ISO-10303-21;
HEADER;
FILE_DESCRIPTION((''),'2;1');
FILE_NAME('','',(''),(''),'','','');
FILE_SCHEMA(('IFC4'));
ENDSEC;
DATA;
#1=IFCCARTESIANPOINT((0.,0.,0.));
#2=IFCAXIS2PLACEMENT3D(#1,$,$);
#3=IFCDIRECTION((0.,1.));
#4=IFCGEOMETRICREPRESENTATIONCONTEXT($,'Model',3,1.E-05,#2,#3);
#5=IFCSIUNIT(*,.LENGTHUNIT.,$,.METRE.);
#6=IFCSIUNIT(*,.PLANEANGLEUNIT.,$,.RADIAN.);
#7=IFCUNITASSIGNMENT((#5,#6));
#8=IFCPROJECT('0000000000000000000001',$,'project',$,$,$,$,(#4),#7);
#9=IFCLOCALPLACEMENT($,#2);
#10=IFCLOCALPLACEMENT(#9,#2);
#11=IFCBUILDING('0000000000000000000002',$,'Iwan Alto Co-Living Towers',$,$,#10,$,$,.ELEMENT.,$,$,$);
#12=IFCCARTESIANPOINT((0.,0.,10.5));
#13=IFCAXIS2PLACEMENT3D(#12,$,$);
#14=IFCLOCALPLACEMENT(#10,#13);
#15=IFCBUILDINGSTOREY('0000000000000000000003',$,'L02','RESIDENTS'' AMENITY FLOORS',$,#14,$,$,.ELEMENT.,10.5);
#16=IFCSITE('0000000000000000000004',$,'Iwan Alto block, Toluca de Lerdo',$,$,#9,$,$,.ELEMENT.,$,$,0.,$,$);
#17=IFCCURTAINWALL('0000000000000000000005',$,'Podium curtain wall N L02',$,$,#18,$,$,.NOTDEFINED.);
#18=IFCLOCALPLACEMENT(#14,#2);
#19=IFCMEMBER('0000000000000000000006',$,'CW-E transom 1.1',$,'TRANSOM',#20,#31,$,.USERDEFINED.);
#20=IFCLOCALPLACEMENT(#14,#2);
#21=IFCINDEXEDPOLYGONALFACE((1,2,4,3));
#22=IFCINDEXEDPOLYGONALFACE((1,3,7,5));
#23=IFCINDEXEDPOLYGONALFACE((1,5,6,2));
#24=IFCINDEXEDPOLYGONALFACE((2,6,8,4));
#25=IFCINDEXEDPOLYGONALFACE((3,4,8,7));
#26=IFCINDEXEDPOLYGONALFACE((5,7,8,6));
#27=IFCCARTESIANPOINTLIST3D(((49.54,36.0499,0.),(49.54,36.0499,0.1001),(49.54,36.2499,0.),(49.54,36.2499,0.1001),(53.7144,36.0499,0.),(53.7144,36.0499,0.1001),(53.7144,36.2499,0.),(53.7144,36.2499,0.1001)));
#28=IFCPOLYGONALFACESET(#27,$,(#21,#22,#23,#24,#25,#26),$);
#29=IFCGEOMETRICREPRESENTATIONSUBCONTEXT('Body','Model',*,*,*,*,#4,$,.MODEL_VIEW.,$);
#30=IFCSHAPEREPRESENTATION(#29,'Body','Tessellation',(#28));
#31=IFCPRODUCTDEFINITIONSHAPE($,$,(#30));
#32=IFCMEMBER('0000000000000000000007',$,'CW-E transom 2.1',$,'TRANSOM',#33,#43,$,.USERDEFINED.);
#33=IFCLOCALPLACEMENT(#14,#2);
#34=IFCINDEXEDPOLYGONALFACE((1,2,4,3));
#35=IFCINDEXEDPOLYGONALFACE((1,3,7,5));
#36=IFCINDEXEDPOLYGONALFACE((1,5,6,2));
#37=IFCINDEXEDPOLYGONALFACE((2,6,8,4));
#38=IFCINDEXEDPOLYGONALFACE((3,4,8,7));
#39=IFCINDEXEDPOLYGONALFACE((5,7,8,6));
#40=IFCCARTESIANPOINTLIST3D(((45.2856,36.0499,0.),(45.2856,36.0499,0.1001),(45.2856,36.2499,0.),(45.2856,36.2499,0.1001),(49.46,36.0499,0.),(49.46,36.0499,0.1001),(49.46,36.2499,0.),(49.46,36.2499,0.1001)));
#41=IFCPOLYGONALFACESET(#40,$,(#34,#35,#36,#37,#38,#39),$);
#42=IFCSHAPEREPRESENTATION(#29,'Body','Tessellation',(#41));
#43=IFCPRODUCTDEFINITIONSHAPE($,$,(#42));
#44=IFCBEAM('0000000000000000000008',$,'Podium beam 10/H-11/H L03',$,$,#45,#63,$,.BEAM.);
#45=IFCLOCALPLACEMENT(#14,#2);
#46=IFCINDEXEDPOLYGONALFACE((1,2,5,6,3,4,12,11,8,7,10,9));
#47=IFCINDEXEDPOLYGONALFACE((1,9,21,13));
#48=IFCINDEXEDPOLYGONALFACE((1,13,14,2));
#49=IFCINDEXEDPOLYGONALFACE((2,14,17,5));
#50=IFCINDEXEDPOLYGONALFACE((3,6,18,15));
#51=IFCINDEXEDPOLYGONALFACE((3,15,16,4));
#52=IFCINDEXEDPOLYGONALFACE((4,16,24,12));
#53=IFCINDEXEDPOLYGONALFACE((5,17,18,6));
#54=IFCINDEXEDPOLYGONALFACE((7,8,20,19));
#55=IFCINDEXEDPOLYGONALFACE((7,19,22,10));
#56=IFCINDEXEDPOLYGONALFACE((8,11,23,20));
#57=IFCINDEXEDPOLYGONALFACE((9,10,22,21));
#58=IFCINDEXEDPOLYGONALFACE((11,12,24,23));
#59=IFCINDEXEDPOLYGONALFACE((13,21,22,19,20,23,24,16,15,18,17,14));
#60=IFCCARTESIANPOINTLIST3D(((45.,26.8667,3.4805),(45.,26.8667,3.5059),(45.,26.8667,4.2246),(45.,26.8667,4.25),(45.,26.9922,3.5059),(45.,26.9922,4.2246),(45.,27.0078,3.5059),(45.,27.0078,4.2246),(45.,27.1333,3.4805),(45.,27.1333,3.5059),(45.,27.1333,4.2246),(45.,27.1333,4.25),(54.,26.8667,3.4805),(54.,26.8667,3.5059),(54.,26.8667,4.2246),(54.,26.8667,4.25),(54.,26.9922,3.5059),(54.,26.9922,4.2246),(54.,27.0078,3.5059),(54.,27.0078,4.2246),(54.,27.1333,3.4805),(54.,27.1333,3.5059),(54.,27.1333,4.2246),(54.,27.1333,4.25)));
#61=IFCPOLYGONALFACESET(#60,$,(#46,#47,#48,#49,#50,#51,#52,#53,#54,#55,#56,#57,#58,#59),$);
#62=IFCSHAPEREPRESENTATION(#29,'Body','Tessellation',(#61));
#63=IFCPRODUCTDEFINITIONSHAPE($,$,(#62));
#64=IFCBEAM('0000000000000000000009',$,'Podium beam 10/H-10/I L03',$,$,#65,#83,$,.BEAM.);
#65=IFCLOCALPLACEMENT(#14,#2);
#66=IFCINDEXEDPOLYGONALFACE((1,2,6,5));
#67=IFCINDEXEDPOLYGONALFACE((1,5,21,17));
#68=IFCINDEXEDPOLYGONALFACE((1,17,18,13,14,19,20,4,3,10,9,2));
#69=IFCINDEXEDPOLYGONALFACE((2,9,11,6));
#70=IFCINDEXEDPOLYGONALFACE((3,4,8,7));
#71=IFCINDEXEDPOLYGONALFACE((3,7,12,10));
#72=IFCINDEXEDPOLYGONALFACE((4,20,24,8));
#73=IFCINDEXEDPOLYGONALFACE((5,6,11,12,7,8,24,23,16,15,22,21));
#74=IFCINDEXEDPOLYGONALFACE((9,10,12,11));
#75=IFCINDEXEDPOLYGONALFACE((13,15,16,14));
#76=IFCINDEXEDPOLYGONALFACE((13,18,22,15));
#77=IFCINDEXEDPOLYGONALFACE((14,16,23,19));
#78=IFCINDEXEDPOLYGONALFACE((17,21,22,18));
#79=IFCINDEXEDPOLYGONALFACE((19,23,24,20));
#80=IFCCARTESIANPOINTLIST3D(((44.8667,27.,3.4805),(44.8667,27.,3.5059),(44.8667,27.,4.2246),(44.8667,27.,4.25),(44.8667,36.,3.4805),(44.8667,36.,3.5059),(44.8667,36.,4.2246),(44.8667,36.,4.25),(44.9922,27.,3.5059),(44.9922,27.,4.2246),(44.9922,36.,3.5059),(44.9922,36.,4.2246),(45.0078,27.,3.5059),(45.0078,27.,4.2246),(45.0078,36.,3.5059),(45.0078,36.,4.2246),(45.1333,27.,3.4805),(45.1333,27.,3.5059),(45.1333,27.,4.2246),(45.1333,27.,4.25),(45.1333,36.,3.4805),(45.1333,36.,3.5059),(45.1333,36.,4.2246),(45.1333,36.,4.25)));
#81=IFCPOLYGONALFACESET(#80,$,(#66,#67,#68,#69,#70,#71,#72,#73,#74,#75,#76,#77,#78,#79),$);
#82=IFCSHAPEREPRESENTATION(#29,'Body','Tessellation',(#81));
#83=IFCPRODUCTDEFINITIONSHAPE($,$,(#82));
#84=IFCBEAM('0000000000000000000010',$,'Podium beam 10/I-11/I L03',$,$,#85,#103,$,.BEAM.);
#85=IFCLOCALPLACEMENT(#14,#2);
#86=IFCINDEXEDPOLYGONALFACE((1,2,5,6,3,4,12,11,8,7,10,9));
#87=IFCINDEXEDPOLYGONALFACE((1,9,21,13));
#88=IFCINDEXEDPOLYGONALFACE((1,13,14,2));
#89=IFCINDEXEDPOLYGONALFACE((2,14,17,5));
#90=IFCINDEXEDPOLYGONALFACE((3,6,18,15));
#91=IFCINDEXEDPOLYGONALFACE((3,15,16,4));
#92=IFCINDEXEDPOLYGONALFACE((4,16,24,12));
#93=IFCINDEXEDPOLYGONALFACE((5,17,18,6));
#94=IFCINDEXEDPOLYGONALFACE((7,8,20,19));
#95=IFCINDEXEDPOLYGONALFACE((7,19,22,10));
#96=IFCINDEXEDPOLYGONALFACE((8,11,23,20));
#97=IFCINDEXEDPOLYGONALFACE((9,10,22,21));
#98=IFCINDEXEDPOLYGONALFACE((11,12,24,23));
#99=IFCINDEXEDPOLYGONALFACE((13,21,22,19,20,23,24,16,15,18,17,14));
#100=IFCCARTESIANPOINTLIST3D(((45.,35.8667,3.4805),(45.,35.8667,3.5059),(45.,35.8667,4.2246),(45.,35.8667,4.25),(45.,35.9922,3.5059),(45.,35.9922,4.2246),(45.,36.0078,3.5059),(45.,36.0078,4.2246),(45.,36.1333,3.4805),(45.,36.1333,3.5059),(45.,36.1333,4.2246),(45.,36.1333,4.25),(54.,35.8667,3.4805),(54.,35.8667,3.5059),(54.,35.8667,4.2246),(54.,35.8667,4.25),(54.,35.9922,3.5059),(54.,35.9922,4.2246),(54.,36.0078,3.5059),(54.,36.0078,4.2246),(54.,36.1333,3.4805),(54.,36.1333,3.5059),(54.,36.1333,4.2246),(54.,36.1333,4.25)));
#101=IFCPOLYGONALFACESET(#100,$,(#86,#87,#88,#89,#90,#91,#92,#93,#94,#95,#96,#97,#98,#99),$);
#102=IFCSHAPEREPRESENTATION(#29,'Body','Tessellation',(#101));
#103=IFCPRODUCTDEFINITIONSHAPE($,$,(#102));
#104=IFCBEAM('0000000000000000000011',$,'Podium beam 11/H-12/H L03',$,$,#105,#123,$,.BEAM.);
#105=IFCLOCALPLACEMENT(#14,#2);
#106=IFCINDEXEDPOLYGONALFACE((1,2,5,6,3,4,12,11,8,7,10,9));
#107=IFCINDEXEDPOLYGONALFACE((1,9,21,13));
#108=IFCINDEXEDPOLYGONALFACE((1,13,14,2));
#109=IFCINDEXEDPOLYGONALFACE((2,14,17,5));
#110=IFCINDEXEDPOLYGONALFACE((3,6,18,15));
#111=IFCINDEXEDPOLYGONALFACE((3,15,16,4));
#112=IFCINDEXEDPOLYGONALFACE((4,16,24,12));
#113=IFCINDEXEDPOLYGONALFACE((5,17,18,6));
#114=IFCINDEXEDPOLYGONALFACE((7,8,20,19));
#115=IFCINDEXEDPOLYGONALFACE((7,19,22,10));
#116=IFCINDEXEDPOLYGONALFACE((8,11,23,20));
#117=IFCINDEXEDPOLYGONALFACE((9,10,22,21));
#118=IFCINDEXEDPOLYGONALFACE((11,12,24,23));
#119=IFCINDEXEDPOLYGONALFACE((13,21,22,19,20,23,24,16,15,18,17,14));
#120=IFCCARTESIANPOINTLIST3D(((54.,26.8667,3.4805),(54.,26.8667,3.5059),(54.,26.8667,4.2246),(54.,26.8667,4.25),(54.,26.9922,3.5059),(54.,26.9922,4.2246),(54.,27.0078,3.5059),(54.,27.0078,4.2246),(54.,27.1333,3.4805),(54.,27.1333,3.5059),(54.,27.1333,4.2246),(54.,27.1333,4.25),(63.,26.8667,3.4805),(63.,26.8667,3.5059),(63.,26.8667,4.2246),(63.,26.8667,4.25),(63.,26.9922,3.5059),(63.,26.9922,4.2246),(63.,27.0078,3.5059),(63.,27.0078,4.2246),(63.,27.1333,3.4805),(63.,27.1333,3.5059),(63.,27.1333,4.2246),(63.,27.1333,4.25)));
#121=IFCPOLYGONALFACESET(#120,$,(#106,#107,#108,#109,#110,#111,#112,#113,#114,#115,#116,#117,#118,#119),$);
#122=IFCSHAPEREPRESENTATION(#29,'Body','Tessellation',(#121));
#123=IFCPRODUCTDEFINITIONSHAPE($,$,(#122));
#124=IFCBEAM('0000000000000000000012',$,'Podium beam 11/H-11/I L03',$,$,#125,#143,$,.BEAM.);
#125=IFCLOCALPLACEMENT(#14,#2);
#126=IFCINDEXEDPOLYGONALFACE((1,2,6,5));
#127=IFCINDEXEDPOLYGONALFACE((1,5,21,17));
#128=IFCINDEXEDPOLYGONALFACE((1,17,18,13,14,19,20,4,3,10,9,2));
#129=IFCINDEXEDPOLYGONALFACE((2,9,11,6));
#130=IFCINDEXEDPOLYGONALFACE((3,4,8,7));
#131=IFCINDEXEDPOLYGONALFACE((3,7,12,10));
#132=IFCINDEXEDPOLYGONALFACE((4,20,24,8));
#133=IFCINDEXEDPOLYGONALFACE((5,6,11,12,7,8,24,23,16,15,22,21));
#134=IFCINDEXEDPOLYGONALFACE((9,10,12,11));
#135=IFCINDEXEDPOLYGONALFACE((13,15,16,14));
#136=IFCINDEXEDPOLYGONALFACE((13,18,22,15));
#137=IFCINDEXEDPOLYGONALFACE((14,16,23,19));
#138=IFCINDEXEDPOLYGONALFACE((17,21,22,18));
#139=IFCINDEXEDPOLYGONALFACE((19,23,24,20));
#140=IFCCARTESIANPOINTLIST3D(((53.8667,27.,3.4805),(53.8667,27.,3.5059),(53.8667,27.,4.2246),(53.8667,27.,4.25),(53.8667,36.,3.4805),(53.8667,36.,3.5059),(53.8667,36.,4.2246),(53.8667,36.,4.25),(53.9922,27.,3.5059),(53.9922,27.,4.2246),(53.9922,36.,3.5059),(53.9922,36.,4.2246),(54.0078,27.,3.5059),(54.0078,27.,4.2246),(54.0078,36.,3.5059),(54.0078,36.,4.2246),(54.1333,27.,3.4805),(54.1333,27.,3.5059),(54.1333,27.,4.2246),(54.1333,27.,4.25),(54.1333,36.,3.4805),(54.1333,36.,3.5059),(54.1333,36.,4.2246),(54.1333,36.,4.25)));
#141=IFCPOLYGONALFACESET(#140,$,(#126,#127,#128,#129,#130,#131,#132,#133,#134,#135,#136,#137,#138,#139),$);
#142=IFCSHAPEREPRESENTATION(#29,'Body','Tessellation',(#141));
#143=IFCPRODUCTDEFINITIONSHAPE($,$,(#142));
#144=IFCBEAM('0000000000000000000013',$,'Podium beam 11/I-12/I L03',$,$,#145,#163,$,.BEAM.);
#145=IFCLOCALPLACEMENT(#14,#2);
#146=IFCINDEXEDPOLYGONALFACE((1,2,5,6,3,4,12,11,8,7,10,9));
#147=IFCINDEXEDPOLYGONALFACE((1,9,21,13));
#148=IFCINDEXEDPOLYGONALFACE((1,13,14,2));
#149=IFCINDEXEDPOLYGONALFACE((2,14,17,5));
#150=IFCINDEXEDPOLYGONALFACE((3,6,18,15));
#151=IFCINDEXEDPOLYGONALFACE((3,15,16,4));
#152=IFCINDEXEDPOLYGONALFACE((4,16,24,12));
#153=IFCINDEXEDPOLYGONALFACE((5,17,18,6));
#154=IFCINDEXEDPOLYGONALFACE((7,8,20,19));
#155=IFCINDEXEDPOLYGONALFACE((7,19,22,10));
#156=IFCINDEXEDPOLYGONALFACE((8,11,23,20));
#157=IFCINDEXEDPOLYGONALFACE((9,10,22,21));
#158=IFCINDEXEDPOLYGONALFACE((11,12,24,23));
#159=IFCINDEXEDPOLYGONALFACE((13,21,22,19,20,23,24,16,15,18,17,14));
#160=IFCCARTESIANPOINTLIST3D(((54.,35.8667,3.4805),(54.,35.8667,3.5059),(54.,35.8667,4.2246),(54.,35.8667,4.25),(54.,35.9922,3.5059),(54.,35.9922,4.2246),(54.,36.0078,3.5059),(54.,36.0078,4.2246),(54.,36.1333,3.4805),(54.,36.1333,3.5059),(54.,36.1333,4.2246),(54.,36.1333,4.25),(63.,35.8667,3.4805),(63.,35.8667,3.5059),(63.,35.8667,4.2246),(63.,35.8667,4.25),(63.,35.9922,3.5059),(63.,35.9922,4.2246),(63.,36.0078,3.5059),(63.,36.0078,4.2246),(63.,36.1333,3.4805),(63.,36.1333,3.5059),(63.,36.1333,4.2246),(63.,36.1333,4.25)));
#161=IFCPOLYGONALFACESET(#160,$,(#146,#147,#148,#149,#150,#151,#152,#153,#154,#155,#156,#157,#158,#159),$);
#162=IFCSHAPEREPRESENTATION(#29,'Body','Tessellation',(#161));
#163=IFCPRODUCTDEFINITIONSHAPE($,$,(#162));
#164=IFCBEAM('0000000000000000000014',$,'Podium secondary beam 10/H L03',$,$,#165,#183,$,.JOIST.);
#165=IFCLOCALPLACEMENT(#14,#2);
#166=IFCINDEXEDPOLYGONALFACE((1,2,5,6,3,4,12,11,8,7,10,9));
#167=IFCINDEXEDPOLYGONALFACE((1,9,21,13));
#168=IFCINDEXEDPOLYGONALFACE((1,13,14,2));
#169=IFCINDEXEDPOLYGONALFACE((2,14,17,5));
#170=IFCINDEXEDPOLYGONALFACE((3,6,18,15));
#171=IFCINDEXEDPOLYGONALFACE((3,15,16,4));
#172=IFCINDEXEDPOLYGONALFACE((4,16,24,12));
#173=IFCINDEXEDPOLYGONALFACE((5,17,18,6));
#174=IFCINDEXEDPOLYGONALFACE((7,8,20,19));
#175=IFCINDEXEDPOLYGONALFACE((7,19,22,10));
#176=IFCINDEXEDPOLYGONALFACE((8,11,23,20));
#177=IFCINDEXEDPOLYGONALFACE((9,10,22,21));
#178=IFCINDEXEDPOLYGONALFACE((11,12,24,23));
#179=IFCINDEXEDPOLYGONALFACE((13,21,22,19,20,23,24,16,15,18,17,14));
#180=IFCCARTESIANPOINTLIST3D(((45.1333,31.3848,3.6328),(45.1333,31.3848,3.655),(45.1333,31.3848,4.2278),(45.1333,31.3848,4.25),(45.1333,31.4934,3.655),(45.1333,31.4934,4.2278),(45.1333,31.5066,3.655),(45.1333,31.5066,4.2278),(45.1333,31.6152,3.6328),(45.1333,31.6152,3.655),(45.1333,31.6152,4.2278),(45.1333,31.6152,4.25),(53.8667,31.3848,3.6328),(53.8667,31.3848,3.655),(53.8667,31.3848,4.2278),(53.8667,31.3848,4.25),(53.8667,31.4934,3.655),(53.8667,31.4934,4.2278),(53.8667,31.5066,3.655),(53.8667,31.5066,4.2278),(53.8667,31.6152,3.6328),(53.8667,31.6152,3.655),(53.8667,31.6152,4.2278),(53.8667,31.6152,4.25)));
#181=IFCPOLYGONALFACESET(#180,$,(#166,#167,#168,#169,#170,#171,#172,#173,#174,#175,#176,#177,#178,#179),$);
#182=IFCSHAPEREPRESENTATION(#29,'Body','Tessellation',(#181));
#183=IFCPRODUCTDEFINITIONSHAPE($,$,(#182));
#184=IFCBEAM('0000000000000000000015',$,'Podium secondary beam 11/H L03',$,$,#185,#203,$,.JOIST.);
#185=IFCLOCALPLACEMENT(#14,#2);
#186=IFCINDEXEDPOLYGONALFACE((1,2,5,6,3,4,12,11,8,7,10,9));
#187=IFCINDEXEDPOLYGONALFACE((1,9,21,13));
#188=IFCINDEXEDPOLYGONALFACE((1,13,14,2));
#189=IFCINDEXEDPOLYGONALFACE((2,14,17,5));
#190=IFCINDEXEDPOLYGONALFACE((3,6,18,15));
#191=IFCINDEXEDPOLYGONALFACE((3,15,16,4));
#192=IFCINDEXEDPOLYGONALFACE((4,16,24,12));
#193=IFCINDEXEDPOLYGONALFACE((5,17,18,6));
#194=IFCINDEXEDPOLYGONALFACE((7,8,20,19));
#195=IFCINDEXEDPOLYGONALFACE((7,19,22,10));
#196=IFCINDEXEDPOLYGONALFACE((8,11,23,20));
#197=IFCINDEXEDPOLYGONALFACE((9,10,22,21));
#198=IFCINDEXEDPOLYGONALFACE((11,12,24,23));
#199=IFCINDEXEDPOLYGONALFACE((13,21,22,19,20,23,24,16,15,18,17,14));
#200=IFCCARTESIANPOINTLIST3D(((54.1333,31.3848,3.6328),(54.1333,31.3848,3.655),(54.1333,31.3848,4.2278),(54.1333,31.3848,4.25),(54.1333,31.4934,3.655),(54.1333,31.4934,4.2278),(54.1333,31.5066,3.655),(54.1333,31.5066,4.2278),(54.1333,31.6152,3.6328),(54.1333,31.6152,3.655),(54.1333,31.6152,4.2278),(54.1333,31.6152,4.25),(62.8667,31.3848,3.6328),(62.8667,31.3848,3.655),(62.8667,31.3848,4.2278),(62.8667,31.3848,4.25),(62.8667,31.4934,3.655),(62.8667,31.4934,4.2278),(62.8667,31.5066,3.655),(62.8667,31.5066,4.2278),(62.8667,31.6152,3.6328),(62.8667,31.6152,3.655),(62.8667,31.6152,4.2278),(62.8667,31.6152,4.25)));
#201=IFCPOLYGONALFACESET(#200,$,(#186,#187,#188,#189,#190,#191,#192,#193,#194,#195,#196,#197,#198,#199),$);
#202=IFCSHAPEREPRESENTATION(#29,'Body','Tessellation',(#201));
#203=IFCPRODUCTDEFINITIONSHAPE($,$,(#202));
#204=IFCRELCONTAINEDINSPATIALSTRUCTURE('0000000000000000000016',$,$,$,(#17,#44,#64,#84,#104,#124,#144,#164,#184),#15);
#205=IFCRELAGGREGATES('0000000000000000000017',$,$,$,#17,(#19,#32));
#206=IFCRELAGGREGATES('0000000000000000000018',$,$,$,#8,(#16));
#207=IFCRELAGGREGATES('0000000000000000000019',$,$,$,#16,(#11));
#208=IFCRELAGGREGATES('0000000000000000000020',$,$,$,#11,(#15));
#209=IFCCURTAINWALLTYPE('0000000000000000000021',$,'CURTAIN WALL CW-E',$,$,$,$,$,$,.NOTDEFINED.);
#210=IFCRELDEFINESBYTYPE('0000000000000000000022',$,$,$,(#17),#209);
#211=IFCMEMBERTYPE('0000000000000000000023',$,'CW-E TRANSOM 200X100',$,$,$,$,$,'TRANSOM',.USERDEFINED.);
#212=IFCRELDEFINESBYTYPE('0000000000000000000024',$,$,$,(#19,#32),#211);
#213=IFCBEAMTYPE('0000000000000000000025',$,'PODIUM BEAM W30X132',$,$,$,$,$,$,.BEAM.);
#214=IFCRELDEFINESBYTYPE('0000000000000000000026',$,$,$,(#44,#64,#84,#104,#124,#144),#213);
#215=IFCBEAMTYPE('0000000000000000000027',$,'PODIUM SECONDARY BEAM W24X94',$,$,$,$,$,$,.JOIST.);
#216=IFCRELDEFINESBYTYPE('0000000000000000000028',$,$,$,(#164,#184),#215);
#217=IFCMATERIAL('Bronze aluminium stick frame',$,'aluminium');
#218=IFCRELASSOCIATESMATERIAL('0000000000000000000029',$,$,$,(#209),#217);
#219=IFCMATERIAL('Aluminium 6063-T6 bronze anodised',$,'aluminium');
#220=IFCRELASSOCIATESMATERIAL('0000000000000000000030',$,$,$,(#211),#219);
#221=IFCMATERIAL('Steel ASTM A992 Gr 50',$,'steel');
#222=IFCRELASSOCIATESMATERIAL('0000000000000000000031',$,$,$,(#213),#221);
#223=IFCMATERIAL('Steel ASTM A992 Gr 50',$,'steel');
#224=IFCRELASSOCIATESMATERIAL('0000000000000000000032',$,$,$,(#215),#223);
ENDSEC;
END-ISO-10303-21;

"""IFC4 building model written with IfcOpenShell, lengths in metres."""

from ifc_helpers import new_model, si_unit, direction, frame, origin, origin_2d, place, context, subcontext, project, spatial, rectangle, i_section, extrude, material, material_profile, profile_set, type_object, element, aggregate, save


model = new_model("IFC4")

# Units and contexts
model_context = context("Model", 3, precision=1e-05, world=origin(), true_north=direction((0.0, 1.0)))
body_context = subcontext(model_context, "Body", "Model", "MODEL_VIEW")
ifc_project = project(units=[si_unit("LENGTHUNIT", "METRE"), si_unit("PLANEANGLEUNIT", "RADIAN")], contexts=[model_context])

# Site, building, storey
site_placement = place(None, origin())
site = spatial("IfcSite", under=ifc_project, at=site_placement, Name="Iwan Alto block, Toluca de Lerdo", CompositionType="ELEMENT", RefElevation=0.0)
building_placement = place(site_placement, origin())
building = spatial("IfcBuilding", under=site, at=building_placement, Name="Iwan Alto Co-Living Towers", CompositionType="ELEMENT")
storey_placement = place(building_placement, frame((0.0, 0.0, 10.5)))
storey = spatial("IfcBuildingStorey", under=building, at=storey_placement, Name="L02", Description="RESIDENTS' AMENITY FLOORS", CompositionType="ELEMENT", Elevation=10.5)

# Curtain wall
ifc_material_1 = material(Name="Bronze aluminium stick frame", Category="aluminium")
curtain_wall_type = type_object("IfcCurtainWallType", Name="CURTAIN WALL CW-E", PredefinedType="NOTDEFINED", material=ifc_material_1)
curtain_wall_1_placement = place(storey_placement, origin())
curtain_wall_1 = element("IfcCurtainWall", 1, at=curtain_wall_1_placement, inside=storey, type_object=curtain_wall_type, Name="Podium curtain wall N L02", PredefinedType="NOTDEFINED")

# Members
ifc_material_2 = material(Name="Aluminium 6063-T6 bronze anodised", Category="aluminium")
ifc_material_profile_1 = material_profile(ifc_material_2, rectangle(XDim=0.2, YDim=0.1001, at=origin_2d()), Name="AL 200X100")
ifc_profile_set_1 = profile_set([ifc_material_profile_1], Name="Aluminium 6063-T6 bronze anodised")
member_type_1 = type_object("IfcMemberType", Name="CW-E TRANSOM 200X100", ElementType="TRANSOM", PredefinedType="USERDEFINED", material=ifc_profile_set_1)
member_1_placement = place(storey_placement, frame((53.7144, 36.1499, 0.05), z_axis=(-1.0, 0.0, 0.0), x_axis=(0.0, -1.0, 0.0)))
member_1 = element("IfcMember", 2, at=member_1_placement, type_object=member_type_1, Name="CW-E transom 1.1", ObjectType="TRANSOM", PredefinedType="USERDEFINED", context=body_context, shape_type="SweptSolid", body=[
    extrude(rectangle(XDim=0.2, YDim=0.1001, at=origin_2d()), origin(), (0.0, 0.0, 1.0), 4.1743),
])
member_2_placement = place(storey_placement, frame((49.46, 36.1499, 0.05), z_axis=(-1.0, 0.0, 0.0), x_axis=(0.0, -1.0, 0.0)))
member_2 = element("IfcMember", 3, at=member_2_placement, type_object=member_type_1, Name="CW-E transom 2.1", ObjectType="TRANSOM", PredefinedType="USERDEFINED", context=body_context, shape_type="SweptSolid", body=[
    extrude(rectangle(XDim=0.2, YDim=0.1001, at=origin_2d()), origin(), (0.0, 0.0, 1.0), 4.1743),
])

# Beams
ifc_material_3 = material(Name="Steel ASTM A992 Gr 50", Category="steel")
ifc_material_profile_2 = material_profile(ifc_material_3, i_section(OverallWidth=0.2666, OverallDepth=0.7695, WebThickness=0.0156, FlangeThickness=0.0254, at=origin_2d()), Name="W30X132")
ifc_profile_set_2 = profile_set([ifc_material_profile_2], Name="Steel ASTM A992 Gr 50")
beam_type_1 = type_object("IfcBeamType", Name="PODIUM BEAM W30X132", PredefinedType="BEAM", material=ifc_profile_set_2)
for number, where, z_axis, x_axis, name in (
    (4, (45.0, 27.0, 3.8652), (1.0, 0.0, 0.0), (0.0, 1.0, 0.0), "Podium beam 10/H-11/H L03"),
    (5, (45.0, 27.0, 3.8652), (0.0, 1.0, 0.0), (-1.0, 0.0, 0.0), "Podium beam 10/H-10/I L03"),
    (6, (45.0, 36.0, 3.8652), (1.0, 0.0, 0.0), (0.0, 1.0, 0.0), "Podium beam 10/I-11/I L03"),
    (7, (54.0, 27.0, 3.8652), (1.0, 0.0, 0.0), (0.0, 1.0, 0.0), "Podium beam 11/H-12/H L03"),
    (8, (54.0, 27.0, 3.8652), (0.0, 1.0, 0.0), (-1.0, 0.0, 0.0), "Podium beam 11/H-11/I L03"),
    (9, (54.0, 36.0, 3.8652), (1.0, 0.0, 0.0), (0.0, 1.0, 0.0), "Podium beam 11/I-12/I L03"),
):
    element("IfcBeam", number, at=place(storey_placement, frame(where, z_axis=z_axis, x_axis=x_axis)), inside=storey, type_object=beam_type_1, Name=name, PredefinedType="BEAM", context=body_context, shape_type="SweptSolid", body=[
        extrude(i_section(OverallWidth=0.2666, OverallDepth=0.7695, WebThickness=0.0156, FlangeThickness=0.0254, at=origin_2d()), origin(), (0.0, 0.0, 1.0), 9.0),
    ])
ifc_material_4 = material(Name="Steel ASTM A992 Gr 50", Category="steel")
ifc_material_profile_3 = material_profile(ifc_material_4, i_section(OverallWidth=0.2305, OverallDepth=0.6172, WebThickness=0.0132, FlangeThickness=0.0222, at=origin_2d()), Name="W24X94")
ifc_profile_set_3 = profile_set([ifc_material_profile_3], Name="Steel ASTM A992 Gr 50")
beam_type_2 = type_object("IfcBeamType", Name="PODIUM SECONDARY BEAM W24X94", PredefinedType="JOIST", material=ifc_profile_set_3)
for number, where, z_axis, x_axis, name in (
    (10, (45.1333, 31.5, 3.9414), (1.0, 0.0, 0.0), (0.0, 1.0, 0.0), "Podium secondary beam 10/H L03"),
    (11, (54.1333, 31.5, 3.9414), (1.0, 0.0, 0.0), (0.0, 1.0, 0.0), "Podium secondary beam 11/H L03"),
):
    element("IfcBeam", number, at=place(storey_placement, frame(where, z_axis=z_axis, x_axis=x_axis)), inside=storey, type_object=beam_type_2, Name=name, PredefinedType="JOIST", context=body_context, shape_type="SweptSolid", body=[
        extrude(i_section(OverallWidth=0.2305, OverallDepth=0.6172, WebThickness=0.0132, FlangeThickness=0.0222, at=origin_2d()), origin(), (0.0, 0.0, 1.0), 8.7334),
    ])

aggregate(curtain_wall_1, [member_1, member_2])

save(model, "model.ifc")
